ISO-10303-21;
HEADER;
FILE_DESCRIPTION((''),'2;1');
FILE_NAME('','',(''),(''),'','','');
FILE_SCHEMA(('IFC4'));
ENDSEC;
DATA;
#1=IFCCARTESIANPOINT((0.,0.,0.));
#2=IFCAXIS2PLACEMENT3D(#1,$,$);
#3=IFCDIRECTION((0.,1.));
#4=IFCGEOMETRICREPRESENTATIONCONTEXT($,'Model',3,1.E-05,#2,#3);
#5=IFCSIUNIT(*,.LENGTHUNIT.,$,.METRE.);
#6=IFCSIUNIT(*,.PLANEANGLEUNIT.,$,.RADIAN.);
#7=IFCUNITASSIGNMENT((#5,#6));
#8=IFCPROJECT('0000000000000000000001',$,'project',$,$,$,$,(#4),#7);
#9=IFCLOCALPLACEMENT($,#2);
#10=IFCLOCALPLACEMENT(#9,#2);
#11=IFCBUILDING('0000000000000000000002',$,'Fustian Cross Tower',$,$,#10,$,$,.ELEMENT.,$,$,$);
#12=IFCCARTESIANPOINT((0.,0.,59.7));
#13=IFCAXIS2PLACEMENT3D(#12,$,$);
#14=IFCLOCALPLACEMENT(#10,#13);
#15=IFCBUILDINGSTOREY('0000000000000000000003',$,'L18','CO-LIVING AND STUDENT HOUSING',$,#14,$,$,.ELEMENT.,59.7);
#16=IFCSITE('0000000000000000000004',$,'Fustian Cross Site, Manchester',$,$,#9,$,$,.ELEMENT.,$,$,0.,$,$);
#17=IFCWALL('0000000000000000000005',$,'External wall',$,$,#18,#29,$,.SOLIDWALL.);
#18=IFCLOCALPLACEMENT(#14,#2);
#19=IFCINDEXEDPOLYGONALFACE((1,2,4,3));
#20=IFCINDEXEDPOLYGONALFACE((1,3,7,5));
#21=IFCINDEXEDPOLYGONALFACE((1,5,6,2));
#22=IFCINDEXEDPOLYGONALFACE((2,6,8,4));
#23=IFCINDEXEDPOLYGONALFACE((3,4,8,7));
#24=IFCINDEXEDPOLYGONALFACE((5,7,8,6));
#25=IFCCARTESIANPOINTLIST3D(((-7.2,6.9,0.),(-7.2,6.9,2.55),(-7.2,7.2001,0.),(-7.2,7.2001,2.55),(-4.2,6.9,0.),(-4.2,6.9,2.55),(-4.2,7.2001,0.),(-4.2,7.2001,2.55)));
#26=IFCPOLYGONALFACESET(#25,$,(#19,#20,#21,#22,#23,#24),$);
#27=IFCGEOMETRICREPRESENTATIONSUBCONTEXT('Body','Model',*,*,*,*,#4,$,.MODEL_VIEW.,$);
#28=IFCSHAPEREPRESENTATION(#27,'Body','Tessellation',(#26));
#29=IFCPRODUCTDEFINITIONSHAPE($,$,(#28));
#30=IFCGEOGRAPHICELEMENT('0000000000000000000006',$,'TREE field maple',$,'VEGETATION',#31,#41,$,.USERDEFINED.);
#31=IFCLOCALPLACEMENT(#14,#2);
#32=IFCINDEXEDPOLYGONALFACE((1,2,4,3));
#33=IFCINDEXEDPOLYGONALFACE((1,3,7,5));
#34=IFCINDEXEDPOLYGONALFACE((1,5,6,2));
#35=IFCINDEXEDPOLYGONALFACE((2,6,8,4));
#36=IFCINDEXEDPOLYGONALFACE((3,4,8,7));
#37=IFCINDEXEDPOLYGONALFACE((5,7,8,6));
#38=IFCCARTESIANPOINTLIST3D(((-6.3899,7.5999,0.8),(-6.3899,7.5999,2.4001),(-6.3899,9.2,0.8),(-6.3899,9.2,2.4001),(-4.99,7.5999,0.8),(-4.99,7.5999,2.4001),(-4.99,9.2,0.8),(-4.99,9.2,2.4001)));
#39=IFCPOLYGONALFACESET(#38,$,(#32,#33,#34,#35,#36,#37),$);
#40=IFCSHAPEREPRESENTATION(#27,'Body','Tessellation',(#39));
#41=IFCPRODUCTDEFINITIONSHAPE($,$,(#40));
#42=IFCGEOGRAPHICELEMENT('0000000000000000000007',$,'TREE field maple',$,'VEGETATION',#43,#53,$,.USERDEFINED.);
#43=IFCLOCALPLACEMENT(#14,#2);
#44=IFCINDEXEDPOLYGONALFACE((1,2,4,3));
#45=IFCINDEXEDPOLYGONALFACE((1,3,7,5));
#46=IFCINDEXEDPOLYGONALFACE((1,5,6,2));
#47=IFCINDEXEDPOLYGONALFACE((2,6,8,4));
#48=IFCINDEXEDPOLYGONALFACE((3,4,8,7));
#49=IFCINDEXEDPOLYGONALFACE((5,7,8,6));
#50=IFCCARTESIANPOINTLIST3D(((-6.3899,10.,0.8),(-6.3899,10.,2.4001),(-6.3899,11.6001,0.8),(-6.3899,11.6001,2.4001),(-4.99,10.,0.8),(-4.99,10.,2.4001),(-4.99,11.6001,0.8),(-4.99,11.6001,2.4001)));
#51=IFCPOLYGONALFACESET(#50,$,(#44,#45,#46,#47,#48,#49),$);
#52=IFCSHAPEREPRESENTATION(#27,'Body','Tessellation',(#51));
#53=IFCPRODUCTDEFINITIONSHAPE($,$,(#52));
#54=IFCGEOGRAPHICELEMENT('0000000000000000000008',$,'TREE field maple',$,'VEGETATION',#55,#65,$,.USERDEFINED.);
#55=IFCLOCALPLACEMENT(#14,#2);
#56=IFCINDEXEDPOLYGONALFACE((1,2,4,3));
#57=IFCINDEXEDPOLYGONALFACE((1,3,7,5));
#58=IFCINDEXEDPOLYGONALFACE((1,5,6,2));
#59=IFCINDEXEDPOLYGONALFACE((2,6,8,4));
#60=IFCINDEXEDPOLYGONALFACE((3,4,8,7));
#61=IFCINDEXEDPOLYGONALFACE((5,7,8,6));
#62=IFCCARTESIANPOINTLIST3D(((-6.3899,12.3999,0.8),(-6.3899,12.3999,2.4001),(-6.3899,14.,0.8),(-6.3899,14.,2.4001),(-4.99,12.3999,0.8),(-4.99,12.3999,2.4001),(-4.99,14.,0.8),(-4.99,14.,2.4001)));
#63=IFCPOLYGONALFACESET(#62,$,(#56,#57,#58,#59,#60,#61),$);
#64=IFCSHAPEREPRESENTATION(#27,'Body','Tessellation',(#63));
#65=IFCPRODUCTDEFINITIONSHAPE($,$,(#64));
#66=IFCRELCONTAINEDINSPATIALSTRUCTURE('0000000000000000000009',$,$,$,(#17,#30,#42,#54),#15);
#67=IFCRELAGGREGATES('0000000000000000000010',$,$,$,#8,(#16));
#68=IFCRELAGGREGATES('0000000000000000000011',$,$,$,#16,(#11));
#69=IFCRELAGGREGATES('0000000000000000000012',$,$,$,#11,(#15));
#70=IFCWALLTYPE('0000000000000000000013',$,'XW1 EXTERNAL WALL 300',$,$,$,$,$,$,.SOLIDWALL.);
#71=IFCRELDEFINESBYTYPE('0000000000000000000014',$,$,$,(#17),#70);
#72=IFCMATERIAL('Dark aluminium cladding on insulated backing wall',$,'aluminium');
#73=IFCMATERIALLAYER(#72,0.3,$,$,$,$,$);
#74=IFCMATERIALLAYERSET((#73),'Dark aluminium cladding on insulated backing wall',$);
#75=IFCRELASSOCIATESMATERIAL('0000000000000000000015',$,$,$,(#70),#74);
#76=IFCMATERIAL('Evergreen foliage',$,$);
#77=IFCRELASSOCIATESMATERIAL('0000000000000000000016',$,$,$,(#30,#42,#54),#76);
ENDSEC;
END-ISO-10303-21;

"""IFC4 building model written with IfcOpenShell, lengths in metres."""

from ifc_helpers import new_model, si_unit, direction, frame, frame_2d, origin, origin_2d, place, context, subcontext, project, spatial, rectangle, extrude, material, layer, layer_set, type_object, element, save


model = new_model("IFC4")

# Units and contexts
model_context = context("Model", 3, precision=1e-05, world=origin(), true_north=direction((0.0, 1.0)))
body_context = subcontext(model_context, "Body", "Model", "MODEL_VIEW")
ifc_project = project(units=[si_unit("LENGTHUNIT", "METRE"), si_unit("PLANEANGLEUNIT", "RADIAN")], contexts=[model_context])

# Site, building, storey
site_placement = place(None, origin())
site = spatial("IfcSite", under=ifc_project, at=site_placement, Name="Fustian Cross Site, Manchester", CompositionType="ELEMENT", RefElevation=0.0)
building_placement = place(site_placement, origin())
building = spatial("IfcBuilding", under=site, at=building_placement, Name="Fustian Cross Tower", CompositionType="ELEMENT")
storey_placement = place(building_placement, frame((0.0, 0.0, 59.7)))
storey = spatial("IfcBuildingStorey", under=building, at=storey_placement, Name="L18", Description="CO-LIVING AND STUDENT HOUSING", CompositionType="ELEMENT", Elevation=59.7)

# Shared definitions
ifc_material_1 = material(Name="Dark aluminium cladding on insulated backing wall", Category="aluminium")
ifc_layer_1 = layer(ifc_material_1, 0.3)
ifc_layer_set_1 = layer_set([ifc_layer_1], Name="Dark aluminium cladding on insulated backing wall")
wall_type_1 = type_object("IfcWallType", Name="XW1 EXTERNAL WALL 300", PredefinedType="SOLIDWALL", material=ifc_layer_set_1)

# Wall
wall_1_placement = place(storey_placement, frame((-4.2, 7.05, 0.0), z_axis=(0.0, 0.0, 1.0), x_axis=(-1.0, 0.0, 0.0)))
element("IfcWall", 1, at=wall_1_placement, inside=storey, type_object=wall_type_1, Name="External wall", PredefinedType="SOLIDWALL", context=body_context, shape_type="SweptSolid", body=[
    extrude(rectangle(XDim=3.0, YDim=0.3, at=frame_2d((1.5, 0.0))), origin(), (0.0, 0.0, 1.0), 2.55),
])

# Geographic elements
ifc_material_2 = material(Name="Evergreen foliage")
for number, where, z_axis, x_axis, name in (
    (2, (-5.6899, 8.3999, 0.8), (0.0, 0.0, 1.0), (1.0, 0.0, 0.0), "TREE field maple"),
    (3, (-5.6899, 10.8, 0.8), (0.0, 0.0, 1.0), (1.0, 0.0, 0.0), "TREE field maple"),
    (4, (-5.6899, 13.2, 0.8), (0.0, 0.0, 1.0), (1.0, 0.0, 0.0), "TREE field maple"),
):
    element("IfcGeographicElement", number, at=place(storey_placement, frame(where, z_axis=z_axis, x_axis=x_axis)), inside=storey, material=ifc_material_2, Name=name, ObjectType="VEGETATION", PredefinedType="USERDEFINED", context=body_context, shape_type="SweptSolid", body=[
        extrude(rectangle(XDim=1.3999, YDim=1.6001, at=origin_2d()), origin(), (0.0, 0.0, 1.0), 1.6001),
    ])

save(model, "model.ifc")
